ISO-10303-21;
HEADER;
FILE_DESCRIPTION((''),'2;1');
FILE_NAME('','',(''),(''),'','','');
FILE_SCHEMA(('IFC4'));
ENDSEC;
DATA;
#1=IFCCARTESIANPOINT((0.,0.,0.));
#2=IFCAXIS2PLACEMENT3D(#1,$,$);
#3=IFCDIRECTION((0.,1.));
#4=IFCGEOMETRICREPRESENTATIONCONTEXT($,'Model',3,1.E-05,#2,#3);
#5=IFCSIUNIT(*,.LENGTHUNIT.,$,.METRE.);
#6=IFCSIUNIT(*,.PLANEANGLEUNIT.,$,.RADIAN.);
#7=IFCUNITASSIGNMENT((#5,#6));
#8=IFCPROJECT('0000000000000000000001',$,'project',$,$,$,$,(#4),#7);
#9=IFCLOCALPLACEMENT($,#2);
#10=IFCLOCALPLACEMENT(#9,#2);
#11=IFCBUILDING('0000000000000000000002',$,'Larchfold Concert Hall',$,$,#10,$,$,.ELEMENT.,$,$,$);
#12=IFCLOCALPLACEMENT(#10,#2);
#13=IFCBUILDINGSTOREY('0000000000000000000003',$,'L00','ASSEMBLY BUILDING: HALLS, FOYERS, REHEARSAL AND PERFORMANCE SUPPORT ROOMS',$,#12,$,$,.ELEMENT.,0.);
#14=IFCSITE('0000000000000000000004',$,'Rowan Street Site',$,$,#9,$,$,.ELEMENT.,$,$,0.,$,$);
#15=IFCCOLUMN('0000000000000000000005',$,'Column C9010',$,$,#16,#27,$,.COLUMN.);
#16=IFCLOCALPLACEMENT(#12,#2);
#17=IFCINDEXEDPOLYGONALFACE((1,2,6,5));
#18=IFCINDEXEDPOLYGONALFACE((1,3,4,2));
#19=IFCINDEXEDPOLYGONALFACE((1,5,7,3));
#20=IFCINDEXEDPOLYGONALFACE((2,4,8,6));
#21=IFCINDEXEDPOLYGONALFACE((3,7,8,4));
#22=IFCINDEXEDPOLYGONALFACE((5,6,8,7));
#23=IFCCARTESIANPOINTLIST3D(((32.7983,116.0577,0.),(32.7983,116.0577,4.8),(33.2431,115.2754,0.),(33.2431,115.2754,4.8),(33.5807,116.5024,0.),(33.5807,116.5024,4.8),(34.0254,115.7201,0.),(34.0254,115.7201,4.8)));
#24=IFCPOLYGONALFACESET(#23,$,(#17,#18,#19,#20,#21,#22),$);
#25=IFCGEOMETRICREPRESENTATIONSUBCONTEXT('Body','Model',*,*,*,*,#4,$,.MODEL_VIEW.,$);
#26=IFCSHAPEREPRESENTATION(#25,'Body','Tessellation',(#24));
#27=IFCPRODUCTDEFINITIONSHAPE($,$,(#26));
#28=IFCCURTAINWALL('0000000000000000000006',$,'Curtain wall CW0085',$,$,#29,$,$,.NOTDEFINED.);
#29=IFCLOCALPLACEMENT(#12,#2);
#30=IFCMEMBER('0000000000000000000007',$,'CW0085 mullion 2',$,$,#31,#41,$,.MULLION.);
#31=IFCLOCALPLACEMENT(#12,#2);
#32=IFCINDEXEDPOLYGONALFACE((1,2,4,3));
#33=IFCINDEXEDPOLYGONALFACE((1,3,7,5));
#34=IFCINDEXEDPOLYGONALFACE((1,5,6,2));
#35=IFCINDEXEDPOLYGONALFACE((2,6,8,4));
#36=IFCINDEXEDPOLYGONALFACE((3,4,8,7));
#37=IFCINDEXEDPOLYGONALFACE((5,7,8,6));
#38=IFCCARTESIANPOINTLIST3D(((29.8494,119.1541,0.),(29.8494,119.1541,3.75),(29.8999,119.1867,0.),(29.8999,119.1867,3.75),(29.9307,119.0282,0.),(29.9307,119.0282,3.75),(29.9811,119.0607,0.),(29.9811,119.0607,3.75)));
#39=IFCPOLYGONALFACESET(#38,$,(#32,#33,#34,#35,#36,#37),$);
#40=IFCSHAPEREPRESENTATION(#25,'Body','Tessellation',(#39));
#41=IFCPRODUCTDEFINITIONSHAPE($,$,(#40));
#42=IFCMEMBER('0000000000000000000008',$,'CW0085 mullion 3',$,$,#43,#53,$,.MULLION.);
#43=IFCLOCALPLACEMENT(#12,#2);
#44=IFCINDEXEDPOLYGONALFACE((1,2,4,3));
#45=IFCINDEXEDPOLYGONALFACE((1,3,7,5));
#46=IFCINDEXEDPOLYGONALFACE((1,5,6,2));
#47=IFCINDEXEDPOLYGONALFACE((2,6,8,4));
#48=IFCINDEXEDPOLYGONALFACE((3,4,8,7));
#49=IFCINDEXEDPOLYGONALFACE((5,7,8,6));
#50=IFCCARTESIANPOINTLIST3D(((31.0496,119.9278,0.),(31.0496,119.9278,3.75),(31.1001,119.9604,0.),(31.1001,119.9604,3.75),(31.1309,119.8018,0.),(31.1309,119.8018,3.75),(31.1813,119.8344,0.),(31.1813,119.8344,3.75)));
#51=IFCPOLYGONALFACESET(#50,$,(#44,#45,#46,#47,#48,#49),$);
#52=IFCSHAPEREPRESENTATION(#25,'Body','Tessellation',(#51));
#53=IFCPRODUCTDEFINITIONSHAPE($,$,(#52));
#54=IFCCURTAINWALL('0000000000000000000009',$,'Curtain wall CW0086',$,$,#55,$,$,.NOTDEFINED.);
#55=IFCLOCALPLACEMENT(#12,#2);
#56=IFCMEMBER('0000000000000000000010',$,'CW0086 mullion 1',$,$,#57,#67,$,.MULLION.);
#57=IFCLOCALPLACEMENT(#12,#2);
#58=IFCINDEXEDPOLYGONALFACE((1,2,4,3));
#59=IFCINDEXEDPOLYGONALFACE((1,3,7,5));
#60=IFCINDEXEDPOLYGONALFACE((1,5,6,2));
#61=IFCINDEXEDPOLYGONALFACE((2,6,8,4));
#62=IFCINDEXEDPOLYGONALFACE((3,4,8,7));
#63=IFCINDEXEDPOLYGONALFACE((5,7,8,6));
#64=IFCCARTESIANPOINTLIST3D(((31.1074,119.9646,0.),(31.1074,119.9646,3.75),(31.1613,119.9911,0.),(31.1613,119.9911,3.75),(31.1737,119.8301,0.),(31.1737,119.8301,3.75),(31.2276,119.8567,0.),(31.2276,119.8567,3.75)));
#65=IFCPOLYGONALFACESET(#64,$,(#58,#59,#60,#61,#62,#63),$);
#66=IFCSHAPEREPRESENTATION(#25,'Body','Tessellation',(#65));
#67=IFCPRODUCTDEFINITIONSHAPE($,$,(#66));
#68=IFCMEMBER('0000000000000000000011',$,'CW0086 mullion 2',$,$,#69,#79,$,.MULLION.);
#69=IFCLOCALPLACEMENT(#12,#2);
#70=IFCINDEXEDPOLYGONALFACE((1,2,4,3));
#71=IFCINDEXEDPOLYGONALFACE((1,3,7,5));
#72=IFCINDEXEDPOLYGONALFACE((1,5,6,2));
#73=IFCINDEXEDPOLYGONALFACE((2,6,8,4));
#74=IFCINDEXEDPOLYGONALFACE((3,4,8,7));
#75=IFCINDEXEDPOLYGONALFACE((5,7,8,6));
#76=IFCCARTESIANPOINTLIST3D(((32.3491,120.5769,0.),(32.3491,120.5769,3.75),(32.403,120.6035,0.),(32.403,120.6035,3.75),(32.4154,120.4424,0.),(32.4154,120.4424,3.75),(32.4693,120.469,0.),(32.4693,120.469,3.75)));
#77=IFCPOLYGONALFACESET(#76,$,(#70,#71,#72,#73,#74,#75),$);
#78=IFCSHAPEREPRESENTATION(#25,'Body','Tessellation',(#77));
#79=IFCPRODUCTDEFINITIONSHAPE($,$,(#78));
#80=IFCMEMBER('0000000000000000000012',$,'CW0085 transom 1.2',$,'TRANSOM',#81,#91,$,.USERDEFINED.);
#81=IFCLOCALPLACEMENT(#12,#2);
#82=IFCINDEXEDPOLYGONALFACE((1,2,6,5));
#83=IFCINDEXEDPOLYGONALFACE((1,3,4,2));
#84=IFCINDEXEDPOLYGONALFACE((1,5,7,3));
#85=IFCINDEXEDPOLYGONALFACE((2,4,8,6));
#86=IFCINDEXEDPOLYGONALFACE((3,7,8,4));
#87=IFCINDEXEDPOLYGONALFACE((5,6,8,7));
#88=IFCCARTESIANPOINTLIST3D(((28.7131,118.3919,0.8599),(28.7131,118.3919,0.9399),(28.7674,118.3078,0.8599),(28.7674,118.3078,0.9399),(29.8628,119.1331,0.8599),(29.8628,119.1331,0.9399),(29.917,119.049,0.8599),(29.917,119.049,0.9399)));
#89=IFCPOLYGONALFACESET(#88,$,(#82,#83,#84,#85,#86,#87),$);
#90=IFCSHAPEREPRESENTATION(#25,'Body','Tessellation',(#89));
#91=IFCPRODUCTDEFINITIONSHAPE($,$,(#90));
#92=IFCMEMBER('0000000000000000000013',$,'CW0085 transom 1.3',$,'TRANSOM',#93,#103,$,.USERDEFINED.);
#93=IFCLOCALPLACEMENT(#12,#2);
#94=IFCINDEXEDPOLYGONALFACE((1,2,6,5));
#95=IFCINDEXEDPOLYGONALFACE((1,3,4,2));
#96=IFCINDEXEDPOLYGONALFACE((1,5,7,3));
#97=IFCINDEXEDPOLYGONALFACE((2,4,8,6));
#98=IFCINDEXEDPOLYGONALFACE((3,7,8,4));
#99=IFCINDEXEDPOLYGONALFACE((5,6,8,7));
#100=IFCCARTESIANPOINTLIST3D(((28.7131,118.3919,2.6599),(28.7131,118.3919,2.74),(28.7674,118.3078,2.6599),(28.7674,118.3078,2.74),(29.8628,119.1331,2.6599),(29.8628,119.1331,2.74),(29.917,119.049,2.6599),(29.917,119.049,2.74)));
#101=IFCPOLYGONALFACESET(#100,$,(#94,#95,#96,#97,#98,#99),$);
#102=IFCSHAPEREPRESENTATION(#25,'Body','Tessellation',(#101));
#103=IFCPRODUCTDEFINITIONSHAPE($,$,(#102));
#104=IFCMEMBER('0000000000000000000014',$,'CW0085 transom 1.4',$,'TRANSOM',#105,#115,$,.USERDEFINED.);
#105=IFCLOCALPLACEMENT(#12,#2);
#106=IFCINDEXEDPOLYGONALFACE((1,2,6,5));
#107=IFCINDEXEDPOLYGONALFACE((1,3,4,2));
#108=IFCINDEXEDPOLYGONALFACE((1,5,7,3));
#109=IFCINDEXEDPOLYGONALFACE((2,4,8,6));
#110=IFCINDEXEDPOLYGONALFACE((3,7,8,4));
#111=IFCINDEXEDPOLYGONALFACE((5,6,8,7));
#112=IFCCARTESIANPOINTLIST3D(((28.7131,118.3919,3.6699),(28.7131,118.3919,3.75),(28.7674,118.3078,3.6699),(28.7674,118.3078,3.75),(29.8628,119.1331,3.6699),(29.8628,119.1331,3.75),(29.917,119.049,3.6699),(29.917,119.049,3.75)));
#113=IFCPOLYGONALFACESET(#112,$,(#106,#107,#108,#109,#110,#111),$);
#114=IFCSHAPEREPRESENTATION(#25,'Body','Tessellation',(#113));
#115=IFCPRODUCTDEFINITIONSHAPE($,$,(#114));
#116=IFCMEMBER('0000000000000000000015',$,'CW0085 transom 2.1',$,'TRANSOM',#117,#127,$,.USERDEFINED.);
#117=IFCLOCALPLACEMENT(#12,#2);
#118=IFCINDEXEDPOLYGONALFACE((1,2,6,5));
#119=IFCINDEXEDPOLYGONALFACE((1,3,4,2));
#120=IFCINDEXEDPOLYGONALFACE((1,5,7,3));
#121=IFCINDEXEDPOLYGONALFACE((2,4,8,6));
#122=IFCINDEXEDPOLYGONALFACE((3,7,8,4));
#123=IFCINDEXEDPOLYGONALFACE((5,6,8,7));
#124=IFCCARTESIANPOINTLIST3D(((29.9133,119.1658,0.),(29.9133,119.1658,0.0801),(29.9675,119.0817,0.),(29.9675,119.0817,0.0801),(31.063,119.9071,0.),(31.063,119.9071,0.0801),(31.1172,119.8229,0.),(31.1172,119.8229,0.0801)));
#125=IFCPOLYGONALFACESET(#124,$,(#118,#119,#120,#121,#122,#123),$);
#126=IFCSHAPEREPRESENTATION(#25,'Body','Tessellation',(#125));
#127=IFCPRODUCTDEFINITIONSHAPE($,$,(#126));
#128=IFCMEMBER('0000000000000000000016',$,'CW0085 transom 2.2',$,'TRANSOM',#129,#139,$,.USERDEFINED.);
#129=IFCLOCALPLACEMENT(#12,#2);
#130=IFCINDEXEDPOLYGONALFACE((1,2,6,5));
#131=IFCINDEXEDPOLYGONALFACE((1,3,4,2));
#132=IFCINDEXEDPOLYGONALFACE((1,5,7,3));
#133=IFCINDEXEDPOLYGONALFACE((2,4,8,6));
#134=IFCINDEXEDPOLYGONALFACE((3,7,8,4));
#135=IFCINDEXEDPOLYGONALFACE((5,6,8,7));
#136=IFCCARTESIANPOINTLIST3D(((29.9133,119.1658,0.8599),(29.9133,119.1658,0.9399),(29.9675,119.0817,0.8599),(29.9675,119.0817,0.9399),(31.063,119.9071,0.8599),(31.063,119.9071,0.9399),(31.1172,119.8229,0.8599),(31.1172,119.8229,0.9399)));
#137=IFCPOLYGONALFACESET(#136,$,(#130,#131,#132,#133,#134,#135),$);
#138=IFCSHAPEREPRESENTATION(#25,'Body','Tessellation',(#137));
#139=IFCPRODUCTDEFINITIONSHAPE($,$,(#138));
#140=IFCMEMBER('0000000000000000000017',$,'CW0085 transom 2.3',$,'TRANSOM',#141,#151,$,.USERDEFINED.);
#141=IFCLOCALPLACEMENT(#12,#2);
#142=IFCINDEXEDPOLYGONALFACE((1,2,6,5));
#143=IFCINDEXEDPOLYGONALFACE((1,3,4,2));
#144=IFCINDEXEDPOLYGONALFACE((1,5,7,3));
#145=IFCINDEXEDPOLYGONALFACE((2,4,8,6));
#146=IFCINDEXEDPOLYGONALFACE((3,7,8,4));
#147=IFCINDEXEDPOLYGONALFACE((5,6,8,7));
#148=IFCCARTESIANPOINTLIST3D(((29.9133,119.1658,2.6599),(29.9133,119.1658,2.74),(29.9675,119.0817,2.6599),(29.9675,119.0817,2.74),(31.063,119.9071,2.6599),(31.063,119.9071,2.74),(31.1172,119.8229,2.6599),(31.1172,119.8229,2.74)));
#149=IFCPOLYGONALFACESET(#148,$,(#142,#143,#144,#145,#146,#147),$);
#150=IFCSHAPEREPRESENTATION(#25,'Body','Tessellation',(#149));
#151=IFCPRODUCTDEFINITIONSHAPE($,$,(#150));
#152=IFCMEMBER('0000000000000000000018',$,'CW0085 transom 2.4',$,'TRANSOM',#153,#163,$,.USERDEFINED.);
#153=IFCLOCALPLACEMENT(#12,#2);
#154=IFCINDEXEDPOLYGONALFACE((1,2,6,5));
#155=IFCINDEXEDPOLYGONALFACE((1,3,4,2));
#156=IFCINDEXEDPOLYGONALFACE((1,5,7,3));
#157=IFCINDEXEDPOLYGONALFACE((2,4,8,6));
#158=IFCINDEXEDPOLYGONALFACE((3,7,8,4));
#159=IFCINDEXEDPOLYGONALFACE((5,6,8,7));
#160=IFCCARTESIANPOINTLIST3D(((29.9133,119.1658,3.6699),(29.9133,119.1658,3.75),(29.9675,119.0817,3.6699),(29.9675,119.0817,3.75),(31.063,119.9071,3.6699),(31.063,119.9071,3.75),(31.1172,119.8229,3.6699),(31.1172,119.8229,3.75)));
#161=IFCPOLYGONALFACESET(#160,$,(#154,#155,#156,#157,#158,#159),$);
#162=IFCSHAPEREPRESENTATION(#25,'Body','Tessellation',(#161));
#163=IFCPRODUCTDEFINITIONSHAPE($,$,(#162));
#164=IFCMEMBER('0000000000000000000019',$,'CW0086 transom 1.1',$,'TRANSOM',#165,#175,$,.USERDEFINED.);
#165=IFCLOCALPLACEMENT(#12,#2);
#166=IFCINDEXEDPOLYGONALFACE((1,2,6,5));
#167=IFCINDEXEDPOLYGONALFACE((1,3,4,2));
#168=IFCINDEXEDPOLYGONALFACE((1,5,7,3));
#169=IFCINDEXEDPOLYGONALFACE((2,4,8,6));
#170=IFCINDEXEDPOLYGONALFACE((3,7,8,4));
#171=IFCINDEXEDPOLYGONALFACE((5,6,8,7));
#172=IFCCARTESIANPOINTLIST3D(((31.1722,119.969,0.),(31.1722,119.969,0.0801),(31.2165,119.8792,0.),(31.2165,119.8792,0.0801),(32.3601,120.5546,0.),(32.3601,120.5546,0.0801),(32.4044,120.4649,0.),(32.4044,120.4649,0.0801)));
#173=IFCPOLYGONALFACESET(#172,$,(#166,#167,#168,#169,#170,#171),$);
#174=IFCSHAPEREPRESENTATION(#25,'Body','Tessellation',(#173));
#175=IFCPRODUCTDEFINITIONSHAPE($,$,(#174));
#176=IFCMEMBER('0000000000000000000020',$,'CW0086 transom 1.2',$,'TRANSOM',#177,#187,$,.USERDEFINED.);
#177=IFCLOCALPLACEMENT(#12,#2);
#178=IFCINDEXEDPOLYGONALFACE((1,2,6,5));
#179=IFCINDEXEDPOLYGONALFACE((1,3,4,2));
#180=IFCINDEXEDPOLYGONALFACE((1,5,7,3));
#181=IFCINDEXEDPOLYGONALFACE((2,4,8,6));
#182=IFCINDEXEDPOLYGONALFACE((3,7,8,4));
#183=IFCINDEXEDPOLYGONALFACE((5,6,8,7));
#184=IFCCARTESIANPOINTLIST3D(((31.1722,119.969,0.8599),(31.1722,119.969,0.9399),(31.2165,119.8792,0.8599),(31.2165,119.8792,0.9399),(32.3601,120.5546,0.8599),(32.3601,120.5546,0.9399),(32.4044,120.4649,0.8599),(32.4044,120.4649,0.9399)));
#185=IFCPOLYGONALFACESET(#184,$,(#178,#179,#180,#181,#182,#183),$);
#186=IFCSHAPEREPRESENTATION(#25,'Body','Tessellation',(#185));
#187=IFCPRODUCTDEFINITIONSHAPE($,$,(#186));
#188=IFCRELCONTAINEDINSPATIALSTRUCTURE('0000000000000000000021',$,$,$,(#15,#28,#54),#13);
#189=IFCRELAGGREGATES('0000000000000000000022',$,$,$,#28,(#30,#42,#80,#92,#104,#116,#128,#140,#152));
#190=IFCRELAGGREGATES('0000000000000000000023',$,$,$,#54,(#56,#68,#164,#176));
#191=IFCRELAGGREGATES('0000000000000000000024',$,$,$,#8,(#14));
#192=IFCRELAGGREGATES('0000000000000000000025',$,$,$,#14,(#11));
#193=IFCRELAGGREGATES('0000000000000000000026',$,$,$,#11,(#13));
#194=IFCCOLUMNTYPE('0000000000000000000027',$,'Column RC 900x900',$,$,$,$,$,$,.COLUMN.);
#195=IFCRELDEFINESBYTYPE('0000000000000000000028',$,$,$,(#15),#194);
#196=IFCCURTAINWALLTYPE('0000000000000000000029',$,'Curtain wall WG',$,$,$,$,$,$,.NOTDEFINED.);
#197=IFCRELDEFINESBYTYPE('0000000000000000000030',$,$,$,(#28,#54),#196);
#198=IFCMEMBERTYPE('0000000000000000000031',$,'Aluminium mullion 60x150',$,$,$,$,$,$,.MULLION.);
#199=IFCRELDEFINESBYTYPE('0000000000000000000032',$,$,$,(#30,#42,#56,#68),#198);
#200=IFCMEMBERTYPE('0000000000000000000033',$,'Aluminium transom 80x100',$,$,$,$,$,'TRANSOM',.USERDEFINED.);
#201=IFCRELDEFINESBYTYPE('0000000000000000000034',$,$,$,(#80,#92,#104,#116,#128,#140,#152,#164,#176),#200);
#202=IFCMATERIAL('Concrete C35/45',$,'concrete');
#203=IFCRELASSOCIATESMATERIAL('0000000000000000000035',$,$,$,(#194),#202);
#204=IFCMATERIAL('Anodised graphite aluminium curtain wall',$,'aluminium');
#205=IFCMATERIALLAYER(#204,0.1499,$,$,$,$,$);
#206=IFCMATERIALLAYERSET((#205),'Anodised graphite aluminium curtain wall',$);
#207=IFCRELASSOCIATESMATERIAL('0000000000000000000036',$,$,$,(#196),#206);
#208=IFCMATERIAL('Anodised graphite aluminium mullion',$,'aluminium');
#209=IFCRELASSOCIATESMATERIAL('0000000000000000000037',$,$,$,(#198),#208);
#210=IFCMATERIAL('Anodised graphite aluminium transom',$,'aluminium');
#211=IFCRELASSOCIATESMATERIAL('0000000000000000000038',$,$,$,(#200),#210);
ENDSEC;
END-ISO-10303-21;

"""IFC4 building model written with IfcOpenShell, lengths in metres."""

from ifc_helpers import new_model, si_unit, direction, frame, origin, origin_2d, place, context, subcontext, project, spatial, rectangle, extrude, material, layer, layer_set, material_profile, profile_set, type_object, element, aggregate, save


model = new_model("IFC4")

# Units and contexts
model_context = context("Model", 3, precision=1e-05, world=origin(), true_north=direction((0.0, 1.0)))
body_context = subcontext(model_context, "Body", "Model", "MODEL_VIEW")
ifc_project = project(units=[si_unit("LENGTHUNIT", "METRE"), si_unit("PLANEANGLEUNIT", "RADIAN")], contexts=[model_context])

# Site, building, storey
site_placement = place(None, origin())
site = spatial("IfcSite", under=ifc_project, at=site_placement, Name="Rowan Street Site", CompositionType="ELEMENT", RefElevation=0.0)
building_placement = place(site_placement, origin())
building = spatial("IfcBuilding", under=site, at=building_placement, Name="Larchfold Concert Hall", CompositionType="ELEMENT")
storey_placement = place(building_placement, origin())
storey = spatial("IfcBuildingStorey", under=building, at=storey_placement, Name="L00", Description="ASSEMBLY BUILDING: HALLS, FOYERS, REHEARSAL AND PERFORMANCE SUPPORT ROOMS", CompositionType="ELEMENT", Elevation=0.0)

# Column
ifc_material_1 = material(Name="Concrete C35/45", Category="concrete")
ifc_material_profile_1 = material_profile(ifc_material_1, rectangle(XDim=0.8999, YDim=0.8999, at=origin_2d()))
ifc_profile_set_1 = profile_set([ifc_material_profile_1], Name="Concrete C35/45")
column_type = type_object("IfcColumnType", Name="Column RC 900x900", PredefinedType="COLUMN", material=ifc_profile_set_1)
column_placement = place(storey_placement, frame((33.4119, 115.8889, 0.0), z_axis=(0.0, 0.0, 1.0), x_axis=(0.86935, 0.494197, 0.0)))
element("IfcColumn", 1, at=column_placement, inside=storey, type_object=column_type, Name="Column C9010", PredefinedType="COLUMN", context=body_context, shape_type="SweptSolid", body=[
    extrude(rectangle(XDim=0.8999, YDim=0.8999, at=origin_2d()), origin(), (0.0, 0.0, 1.0), 4.8),
])

# Curtain walls, members
ifc_material_2 = material(Name="Anodised graphite aluminium curtain wall", Category="aluminium")
ifc_layer_1 = layer(ifc_material_2, 0.1499)
ifc_layer_set_1 = layer_set([ifc_layer_1], Name="Anodised graphite aluminium curtain wall")
curtain_wall_type = type_object("IfcCurtainWallType", Name="Curtain wall WG", PredefinedType="NOTDEFINED", material=ifc_layer_set_1)
curtain_wall_1_placement = place(storey_placement, origin())
curtain_wall_1 = element("IfcCurtainWall", 2, at=curtain_wall_1_placement, inside=storey, type_object=curtain_wall_type, Name="Curtain wall CW0085", PredefinedType="NOTDEFINED")
ifc_material_3 = material(Name="Anodised graphite aluminium mullion", Category="aluminium")
ifc_material_profile_2 = material_profile(ifc_material_3, rectangle(XDim=0.1499, YDim=0.0601, at=origin_2d()))
ifc_profile_set_2 = profile_set([ifc_material_profile_2], Name="Anodised graphite aluminium mullion")
member_type_1 = type_object("IfcMemberType", Name="Aluminium mullion 60x150", PredefinedType="MULLION", material=ifc_profile_set_2)
member_1_placement = place(storey_placement, frame((29.9153, 119.1074, 0.0), z_axis=(0.0, 0.0, 1.0), x_axis=(-0.541845, 0.840479, 0.0)))
member_1 = element("IfcMember", 3, at=member_1_placement, type_object=member_type_1, Name="CW0085 mullion 2", PredefinedType="MULLION", context=body_context, shape_type="SweptSolid", body=[
    extrude(rectangle(XDim=0.1499, YDim=0.0601, at=origin_2d()), origin(), (0.0, 0.0, 1.0), 3.75),
])
member_2_placement = place(storey_placement, frame((31.1155, 119.8811, 0.0), z_axis=(0.0, 0.0, 1.0), x_axis=(-0.541845, 0.840479, 0.0)))
member_2 = element("IfcMember", 4, at=member_2_placement, type_object=member_type_1, Name="CW0085 mullion 3", PredefinedType="MULLION", context=body_context, shape_type="SweptSolid", body=[
    extrude(rectangle(XDim=0.1499, YDim=0.0601, at=origin_2d()), origin(), (0.0, 0.0, 1.0), 3.75),
])
curtain_wall_2_placement = place(storey_placement, origin())
curtain_wall_2 = element("IfcCurtainWall", 5, at=curtain_wall_2_placement, inside=storey, type_object=curtain_wall_type, Name="Curtain wall CW0086", PredefinedType="NOTDEFINED")
member_3_placement = place(storey_placement, frame((31.1675, 119.9106, 0.0), z_axis=(0.0, 0.0, 1.0), x_axis=(-0.442305, 0.896865, 0.0)))
member_3 = element("IfcMember", 6, at=member_3_placement, type_object=member_type_1, Name="CW0086 mullion 1", PredefinedType="MULLION", context=body_context, shape_type="SweptSolid", body=[
    extrude(rectangle(XDim=0.1499, YDim=0.0601, at=origin_2d()), origin(), (0.0, 0.0, 1.0), 3.75),
])
member_4_placement = place(storey_placement, frame((32.4092, 120.5229, 0.0), z_axis=(0.0, 0.0, 1.0), x_axis=(-0.442305, 0.896865, 0.0)))
member_4 = element("IfcMember", 7, at=member_4_placement, type_object=member_type_1, Name="CW0086 mullion 2", PredefinedType="MULLION", context=body_context, shape_type="SweptSolid", body=[
    extrude(rectangle(XDim=0.1499, YDim=0.0601, at=origin_2d()), origin(), (0.0, 0.0, 1.0), 3.75),
])

# Members
ifc_material_4 = material(Name="Anodised graphite aluminium transom", Category="aluminium")
ifc_material_profile_3 = material_profile(ifc_material_4, rectangle(XDim=0.1001, YDim=0.0801, at=origin_2d()))
ifc_profile_set_3 = profile_set([ifc_material_profile_3], Name="Anodised graphite aluminium transom")
member_type_2 = type_object("IfcMemberType", Name="Aluminium transom 80x100", ElementType="TRANSOM", PredefinedType="USERDEFINED", material=ifc_profile_set_3)
member_5_placement = place(storey_placement, frame((28.7402, 118.3499, 0.8999), z_axis=(0.840464, 0.541867, 0.0), x_axis=(-0.541867, 0.840464, 0.0)))
member_5 = element("IfcMember", 8, at=member_5_placement, type_object=member_type_2, Name="CW0085 transom 1.2", ObjectType="TRANSOM", PredefinedType="USERDEFINED", context=body_context, shape_type="SweptSolid", body=[
    extrude(rectangle(XDim=0.1001, YDim=0.0801, at=origin_2d()), origin(), (0.0, 0.0, 1.0), 1.3679),
])
member_6_placement = place(storey_placement, frame((28.7402, 118.3499, 2.7), z_axis=(0.840464, 0.541867, 0.0), x_axis=(-0.541867, 0.840464, 0.0)))
member_6 = element("IfcMember", 9, at=member_6_placement, type_object=member_type_2, Name="CW0085 transom 1.3", ObjectType="TRANSOM", PredefinedType="USERDEFINED", context=body_context, shape_type="SweptSolid", body=[
    extrude(rectangle(XDim=0.1001, YDim=0.0801, at=origin_2d()), origin(), (0.0, 0.0, 1.0), 1.3679),
])
member_7_placement = place(storey_placement, frame((28.7402, 118.3499, 3.71), z_axis=(0.840464, 0.541867, 0.0), x_axis=(-0.541867, 0.840464, 0.0)))
member_7 = element("IfcMember", 10, at=member_7_placement, type_object=member_type_2, Name="CW0085 transom 1.4", ObjectType="TRANSOM", PredefinedType="USERDEFINED", context=body_context, shape_type="SweptSolid", body=[
    extrude(rectangle(XDim=0.1001, YDim=0.0801, at=origin_2d()), origin(), (0.0, 0.0, 1.0), 1.3679),
])
member_8_placement = place(storey_placement, frame((29.9404, 119.1238, 0.04), z_axis=(0.840464, 0.541867, 0.0), x_axis=(-0.541867, 0.840464, 0.0)))
member_8 = element("IfcMember", 11, at=member_8_placement, type_object=member_type_2, Name="CW0085 transom 2.1", ObjectType="TRANSOM", PredefinedType="USERDEFINED", context=body_context, shape_type="SweptSolid", body=[
    extrude(rectangle(XDim=0.1001, YDim=0.0801, at=origin_2d()), origin(), (0.0, 0.0, 1.0), 1.3679),
])
member_9_placement = place(storey_placement, frame((29.9404, 119.1238, 0.8999), z_axis=(0.840464, 0.541867, 0.0), x_axis=(-0.541867, 0.840464, 0.0)))
member_9 = element("IfcMember", 12, at=member_9_placement, type_object=member_type_2, Name="CW0085 transom 2.2", ObjectType="TRANSOM", PredefinedType="USERDEFINED", context=body_context, shape_type="SweptSolid", body=[
    extrude(rectangle(XDim=0.1001, YDim=0.0801, at=origin_2d()), origin(), (0.0, 0.0, 1.0), 1.3679),
])
member_10_placement = place(storey_placement, frame((29.9404, 119.1238, 2.7), z_axis=(0.840464, 0.541867, 0.0), x_axis=(-0.541867, 0.840464, 0.0)))
member_10 = element("IfcMember", 13, at=member_10_placement, type_object=member_type_2, Name="CW0085 transom 2.3", ObjectType="TRANSOM", PredefinedType="USERDEFINED", context=body_context, shape_type="SweptSolid", body=[
    extrude(rectangle(XDim=0.1001, YDim=0.0801, at=origin_2d()), origin(), (0.0, 0.0, 1.0), 1.3679),
])
member_11_placement = place(storey_placement, frame((29.9404, 119.1238, 3.71), z_axis=(0.840464, 0.541867, 0.0), x_axis=(-0.541867, 0.840464, 0.0)))
member_11 = element("IfcMember", 14, at=member_11_placement, type_object=member_type_2, Name="CW0085 transom 2.4", ObjectType="TRANSOM", PredefinedType="USERDEFINED", context=body_context, shape_type="SweptSolid", body=[
    extrude(rectangle(XDim=0.1001, YDim=0.0801, at=origin_2d()), origin(), (0.0, 0.0, 1.0), 1.3679),
])
member_12_placement = place(storey_placement, frame((31.1943, 119.9241, 0.04), z_axis=(0.89692, 0.442193, 0.0), x_axis=(-0.442193, 0.89692, 0.0)))
member_12 = element("IfcMember", 15, at=member_12_placement, type_object=member_type_2, Name="CW0086 transom 1.1", ObjectType="TRANSOM", PredefinedType="USERDEFINED", context=body_context, shape_type="SweptSolid", body=[
    extrude(rectangle(XDim=0.1001, YDim=0.0801, at=origin_2d()), origin(), (0.0, 0.0, 1.0), 1.3245),
])
member_13_placement = place(storey_placement, frame((31.1943, 119.9241, 0.8999), z_axis=(0.89692, 0.442193, 0.0), x_axis=(-0.442193, 0.89692, 0.0)))
member_13 = element("IfcMember", 16, at=member_13_placement, type_object=member_type_2, Name="CW0086 transom 1.2", ObjectType="TRANSOM", PredefinedType="USERDEFINED", context=body_context, shape_type="SweptSolid", body=[
    extrude(rectangle(XDim=0.1001, YDim=0.0801, at=origin_2d()), origin(), (0.0, 0.0, 1.0), 1.3245),
])

aggregate(curtain_wall_1, [member_1, member_2, member_5, member_6, member_7, member_8, member_9, member_10, member_11])
aggregate(curtain_wall_2, [member_3, member_4, member_12, member_13])

save(model, "model.ifc")
